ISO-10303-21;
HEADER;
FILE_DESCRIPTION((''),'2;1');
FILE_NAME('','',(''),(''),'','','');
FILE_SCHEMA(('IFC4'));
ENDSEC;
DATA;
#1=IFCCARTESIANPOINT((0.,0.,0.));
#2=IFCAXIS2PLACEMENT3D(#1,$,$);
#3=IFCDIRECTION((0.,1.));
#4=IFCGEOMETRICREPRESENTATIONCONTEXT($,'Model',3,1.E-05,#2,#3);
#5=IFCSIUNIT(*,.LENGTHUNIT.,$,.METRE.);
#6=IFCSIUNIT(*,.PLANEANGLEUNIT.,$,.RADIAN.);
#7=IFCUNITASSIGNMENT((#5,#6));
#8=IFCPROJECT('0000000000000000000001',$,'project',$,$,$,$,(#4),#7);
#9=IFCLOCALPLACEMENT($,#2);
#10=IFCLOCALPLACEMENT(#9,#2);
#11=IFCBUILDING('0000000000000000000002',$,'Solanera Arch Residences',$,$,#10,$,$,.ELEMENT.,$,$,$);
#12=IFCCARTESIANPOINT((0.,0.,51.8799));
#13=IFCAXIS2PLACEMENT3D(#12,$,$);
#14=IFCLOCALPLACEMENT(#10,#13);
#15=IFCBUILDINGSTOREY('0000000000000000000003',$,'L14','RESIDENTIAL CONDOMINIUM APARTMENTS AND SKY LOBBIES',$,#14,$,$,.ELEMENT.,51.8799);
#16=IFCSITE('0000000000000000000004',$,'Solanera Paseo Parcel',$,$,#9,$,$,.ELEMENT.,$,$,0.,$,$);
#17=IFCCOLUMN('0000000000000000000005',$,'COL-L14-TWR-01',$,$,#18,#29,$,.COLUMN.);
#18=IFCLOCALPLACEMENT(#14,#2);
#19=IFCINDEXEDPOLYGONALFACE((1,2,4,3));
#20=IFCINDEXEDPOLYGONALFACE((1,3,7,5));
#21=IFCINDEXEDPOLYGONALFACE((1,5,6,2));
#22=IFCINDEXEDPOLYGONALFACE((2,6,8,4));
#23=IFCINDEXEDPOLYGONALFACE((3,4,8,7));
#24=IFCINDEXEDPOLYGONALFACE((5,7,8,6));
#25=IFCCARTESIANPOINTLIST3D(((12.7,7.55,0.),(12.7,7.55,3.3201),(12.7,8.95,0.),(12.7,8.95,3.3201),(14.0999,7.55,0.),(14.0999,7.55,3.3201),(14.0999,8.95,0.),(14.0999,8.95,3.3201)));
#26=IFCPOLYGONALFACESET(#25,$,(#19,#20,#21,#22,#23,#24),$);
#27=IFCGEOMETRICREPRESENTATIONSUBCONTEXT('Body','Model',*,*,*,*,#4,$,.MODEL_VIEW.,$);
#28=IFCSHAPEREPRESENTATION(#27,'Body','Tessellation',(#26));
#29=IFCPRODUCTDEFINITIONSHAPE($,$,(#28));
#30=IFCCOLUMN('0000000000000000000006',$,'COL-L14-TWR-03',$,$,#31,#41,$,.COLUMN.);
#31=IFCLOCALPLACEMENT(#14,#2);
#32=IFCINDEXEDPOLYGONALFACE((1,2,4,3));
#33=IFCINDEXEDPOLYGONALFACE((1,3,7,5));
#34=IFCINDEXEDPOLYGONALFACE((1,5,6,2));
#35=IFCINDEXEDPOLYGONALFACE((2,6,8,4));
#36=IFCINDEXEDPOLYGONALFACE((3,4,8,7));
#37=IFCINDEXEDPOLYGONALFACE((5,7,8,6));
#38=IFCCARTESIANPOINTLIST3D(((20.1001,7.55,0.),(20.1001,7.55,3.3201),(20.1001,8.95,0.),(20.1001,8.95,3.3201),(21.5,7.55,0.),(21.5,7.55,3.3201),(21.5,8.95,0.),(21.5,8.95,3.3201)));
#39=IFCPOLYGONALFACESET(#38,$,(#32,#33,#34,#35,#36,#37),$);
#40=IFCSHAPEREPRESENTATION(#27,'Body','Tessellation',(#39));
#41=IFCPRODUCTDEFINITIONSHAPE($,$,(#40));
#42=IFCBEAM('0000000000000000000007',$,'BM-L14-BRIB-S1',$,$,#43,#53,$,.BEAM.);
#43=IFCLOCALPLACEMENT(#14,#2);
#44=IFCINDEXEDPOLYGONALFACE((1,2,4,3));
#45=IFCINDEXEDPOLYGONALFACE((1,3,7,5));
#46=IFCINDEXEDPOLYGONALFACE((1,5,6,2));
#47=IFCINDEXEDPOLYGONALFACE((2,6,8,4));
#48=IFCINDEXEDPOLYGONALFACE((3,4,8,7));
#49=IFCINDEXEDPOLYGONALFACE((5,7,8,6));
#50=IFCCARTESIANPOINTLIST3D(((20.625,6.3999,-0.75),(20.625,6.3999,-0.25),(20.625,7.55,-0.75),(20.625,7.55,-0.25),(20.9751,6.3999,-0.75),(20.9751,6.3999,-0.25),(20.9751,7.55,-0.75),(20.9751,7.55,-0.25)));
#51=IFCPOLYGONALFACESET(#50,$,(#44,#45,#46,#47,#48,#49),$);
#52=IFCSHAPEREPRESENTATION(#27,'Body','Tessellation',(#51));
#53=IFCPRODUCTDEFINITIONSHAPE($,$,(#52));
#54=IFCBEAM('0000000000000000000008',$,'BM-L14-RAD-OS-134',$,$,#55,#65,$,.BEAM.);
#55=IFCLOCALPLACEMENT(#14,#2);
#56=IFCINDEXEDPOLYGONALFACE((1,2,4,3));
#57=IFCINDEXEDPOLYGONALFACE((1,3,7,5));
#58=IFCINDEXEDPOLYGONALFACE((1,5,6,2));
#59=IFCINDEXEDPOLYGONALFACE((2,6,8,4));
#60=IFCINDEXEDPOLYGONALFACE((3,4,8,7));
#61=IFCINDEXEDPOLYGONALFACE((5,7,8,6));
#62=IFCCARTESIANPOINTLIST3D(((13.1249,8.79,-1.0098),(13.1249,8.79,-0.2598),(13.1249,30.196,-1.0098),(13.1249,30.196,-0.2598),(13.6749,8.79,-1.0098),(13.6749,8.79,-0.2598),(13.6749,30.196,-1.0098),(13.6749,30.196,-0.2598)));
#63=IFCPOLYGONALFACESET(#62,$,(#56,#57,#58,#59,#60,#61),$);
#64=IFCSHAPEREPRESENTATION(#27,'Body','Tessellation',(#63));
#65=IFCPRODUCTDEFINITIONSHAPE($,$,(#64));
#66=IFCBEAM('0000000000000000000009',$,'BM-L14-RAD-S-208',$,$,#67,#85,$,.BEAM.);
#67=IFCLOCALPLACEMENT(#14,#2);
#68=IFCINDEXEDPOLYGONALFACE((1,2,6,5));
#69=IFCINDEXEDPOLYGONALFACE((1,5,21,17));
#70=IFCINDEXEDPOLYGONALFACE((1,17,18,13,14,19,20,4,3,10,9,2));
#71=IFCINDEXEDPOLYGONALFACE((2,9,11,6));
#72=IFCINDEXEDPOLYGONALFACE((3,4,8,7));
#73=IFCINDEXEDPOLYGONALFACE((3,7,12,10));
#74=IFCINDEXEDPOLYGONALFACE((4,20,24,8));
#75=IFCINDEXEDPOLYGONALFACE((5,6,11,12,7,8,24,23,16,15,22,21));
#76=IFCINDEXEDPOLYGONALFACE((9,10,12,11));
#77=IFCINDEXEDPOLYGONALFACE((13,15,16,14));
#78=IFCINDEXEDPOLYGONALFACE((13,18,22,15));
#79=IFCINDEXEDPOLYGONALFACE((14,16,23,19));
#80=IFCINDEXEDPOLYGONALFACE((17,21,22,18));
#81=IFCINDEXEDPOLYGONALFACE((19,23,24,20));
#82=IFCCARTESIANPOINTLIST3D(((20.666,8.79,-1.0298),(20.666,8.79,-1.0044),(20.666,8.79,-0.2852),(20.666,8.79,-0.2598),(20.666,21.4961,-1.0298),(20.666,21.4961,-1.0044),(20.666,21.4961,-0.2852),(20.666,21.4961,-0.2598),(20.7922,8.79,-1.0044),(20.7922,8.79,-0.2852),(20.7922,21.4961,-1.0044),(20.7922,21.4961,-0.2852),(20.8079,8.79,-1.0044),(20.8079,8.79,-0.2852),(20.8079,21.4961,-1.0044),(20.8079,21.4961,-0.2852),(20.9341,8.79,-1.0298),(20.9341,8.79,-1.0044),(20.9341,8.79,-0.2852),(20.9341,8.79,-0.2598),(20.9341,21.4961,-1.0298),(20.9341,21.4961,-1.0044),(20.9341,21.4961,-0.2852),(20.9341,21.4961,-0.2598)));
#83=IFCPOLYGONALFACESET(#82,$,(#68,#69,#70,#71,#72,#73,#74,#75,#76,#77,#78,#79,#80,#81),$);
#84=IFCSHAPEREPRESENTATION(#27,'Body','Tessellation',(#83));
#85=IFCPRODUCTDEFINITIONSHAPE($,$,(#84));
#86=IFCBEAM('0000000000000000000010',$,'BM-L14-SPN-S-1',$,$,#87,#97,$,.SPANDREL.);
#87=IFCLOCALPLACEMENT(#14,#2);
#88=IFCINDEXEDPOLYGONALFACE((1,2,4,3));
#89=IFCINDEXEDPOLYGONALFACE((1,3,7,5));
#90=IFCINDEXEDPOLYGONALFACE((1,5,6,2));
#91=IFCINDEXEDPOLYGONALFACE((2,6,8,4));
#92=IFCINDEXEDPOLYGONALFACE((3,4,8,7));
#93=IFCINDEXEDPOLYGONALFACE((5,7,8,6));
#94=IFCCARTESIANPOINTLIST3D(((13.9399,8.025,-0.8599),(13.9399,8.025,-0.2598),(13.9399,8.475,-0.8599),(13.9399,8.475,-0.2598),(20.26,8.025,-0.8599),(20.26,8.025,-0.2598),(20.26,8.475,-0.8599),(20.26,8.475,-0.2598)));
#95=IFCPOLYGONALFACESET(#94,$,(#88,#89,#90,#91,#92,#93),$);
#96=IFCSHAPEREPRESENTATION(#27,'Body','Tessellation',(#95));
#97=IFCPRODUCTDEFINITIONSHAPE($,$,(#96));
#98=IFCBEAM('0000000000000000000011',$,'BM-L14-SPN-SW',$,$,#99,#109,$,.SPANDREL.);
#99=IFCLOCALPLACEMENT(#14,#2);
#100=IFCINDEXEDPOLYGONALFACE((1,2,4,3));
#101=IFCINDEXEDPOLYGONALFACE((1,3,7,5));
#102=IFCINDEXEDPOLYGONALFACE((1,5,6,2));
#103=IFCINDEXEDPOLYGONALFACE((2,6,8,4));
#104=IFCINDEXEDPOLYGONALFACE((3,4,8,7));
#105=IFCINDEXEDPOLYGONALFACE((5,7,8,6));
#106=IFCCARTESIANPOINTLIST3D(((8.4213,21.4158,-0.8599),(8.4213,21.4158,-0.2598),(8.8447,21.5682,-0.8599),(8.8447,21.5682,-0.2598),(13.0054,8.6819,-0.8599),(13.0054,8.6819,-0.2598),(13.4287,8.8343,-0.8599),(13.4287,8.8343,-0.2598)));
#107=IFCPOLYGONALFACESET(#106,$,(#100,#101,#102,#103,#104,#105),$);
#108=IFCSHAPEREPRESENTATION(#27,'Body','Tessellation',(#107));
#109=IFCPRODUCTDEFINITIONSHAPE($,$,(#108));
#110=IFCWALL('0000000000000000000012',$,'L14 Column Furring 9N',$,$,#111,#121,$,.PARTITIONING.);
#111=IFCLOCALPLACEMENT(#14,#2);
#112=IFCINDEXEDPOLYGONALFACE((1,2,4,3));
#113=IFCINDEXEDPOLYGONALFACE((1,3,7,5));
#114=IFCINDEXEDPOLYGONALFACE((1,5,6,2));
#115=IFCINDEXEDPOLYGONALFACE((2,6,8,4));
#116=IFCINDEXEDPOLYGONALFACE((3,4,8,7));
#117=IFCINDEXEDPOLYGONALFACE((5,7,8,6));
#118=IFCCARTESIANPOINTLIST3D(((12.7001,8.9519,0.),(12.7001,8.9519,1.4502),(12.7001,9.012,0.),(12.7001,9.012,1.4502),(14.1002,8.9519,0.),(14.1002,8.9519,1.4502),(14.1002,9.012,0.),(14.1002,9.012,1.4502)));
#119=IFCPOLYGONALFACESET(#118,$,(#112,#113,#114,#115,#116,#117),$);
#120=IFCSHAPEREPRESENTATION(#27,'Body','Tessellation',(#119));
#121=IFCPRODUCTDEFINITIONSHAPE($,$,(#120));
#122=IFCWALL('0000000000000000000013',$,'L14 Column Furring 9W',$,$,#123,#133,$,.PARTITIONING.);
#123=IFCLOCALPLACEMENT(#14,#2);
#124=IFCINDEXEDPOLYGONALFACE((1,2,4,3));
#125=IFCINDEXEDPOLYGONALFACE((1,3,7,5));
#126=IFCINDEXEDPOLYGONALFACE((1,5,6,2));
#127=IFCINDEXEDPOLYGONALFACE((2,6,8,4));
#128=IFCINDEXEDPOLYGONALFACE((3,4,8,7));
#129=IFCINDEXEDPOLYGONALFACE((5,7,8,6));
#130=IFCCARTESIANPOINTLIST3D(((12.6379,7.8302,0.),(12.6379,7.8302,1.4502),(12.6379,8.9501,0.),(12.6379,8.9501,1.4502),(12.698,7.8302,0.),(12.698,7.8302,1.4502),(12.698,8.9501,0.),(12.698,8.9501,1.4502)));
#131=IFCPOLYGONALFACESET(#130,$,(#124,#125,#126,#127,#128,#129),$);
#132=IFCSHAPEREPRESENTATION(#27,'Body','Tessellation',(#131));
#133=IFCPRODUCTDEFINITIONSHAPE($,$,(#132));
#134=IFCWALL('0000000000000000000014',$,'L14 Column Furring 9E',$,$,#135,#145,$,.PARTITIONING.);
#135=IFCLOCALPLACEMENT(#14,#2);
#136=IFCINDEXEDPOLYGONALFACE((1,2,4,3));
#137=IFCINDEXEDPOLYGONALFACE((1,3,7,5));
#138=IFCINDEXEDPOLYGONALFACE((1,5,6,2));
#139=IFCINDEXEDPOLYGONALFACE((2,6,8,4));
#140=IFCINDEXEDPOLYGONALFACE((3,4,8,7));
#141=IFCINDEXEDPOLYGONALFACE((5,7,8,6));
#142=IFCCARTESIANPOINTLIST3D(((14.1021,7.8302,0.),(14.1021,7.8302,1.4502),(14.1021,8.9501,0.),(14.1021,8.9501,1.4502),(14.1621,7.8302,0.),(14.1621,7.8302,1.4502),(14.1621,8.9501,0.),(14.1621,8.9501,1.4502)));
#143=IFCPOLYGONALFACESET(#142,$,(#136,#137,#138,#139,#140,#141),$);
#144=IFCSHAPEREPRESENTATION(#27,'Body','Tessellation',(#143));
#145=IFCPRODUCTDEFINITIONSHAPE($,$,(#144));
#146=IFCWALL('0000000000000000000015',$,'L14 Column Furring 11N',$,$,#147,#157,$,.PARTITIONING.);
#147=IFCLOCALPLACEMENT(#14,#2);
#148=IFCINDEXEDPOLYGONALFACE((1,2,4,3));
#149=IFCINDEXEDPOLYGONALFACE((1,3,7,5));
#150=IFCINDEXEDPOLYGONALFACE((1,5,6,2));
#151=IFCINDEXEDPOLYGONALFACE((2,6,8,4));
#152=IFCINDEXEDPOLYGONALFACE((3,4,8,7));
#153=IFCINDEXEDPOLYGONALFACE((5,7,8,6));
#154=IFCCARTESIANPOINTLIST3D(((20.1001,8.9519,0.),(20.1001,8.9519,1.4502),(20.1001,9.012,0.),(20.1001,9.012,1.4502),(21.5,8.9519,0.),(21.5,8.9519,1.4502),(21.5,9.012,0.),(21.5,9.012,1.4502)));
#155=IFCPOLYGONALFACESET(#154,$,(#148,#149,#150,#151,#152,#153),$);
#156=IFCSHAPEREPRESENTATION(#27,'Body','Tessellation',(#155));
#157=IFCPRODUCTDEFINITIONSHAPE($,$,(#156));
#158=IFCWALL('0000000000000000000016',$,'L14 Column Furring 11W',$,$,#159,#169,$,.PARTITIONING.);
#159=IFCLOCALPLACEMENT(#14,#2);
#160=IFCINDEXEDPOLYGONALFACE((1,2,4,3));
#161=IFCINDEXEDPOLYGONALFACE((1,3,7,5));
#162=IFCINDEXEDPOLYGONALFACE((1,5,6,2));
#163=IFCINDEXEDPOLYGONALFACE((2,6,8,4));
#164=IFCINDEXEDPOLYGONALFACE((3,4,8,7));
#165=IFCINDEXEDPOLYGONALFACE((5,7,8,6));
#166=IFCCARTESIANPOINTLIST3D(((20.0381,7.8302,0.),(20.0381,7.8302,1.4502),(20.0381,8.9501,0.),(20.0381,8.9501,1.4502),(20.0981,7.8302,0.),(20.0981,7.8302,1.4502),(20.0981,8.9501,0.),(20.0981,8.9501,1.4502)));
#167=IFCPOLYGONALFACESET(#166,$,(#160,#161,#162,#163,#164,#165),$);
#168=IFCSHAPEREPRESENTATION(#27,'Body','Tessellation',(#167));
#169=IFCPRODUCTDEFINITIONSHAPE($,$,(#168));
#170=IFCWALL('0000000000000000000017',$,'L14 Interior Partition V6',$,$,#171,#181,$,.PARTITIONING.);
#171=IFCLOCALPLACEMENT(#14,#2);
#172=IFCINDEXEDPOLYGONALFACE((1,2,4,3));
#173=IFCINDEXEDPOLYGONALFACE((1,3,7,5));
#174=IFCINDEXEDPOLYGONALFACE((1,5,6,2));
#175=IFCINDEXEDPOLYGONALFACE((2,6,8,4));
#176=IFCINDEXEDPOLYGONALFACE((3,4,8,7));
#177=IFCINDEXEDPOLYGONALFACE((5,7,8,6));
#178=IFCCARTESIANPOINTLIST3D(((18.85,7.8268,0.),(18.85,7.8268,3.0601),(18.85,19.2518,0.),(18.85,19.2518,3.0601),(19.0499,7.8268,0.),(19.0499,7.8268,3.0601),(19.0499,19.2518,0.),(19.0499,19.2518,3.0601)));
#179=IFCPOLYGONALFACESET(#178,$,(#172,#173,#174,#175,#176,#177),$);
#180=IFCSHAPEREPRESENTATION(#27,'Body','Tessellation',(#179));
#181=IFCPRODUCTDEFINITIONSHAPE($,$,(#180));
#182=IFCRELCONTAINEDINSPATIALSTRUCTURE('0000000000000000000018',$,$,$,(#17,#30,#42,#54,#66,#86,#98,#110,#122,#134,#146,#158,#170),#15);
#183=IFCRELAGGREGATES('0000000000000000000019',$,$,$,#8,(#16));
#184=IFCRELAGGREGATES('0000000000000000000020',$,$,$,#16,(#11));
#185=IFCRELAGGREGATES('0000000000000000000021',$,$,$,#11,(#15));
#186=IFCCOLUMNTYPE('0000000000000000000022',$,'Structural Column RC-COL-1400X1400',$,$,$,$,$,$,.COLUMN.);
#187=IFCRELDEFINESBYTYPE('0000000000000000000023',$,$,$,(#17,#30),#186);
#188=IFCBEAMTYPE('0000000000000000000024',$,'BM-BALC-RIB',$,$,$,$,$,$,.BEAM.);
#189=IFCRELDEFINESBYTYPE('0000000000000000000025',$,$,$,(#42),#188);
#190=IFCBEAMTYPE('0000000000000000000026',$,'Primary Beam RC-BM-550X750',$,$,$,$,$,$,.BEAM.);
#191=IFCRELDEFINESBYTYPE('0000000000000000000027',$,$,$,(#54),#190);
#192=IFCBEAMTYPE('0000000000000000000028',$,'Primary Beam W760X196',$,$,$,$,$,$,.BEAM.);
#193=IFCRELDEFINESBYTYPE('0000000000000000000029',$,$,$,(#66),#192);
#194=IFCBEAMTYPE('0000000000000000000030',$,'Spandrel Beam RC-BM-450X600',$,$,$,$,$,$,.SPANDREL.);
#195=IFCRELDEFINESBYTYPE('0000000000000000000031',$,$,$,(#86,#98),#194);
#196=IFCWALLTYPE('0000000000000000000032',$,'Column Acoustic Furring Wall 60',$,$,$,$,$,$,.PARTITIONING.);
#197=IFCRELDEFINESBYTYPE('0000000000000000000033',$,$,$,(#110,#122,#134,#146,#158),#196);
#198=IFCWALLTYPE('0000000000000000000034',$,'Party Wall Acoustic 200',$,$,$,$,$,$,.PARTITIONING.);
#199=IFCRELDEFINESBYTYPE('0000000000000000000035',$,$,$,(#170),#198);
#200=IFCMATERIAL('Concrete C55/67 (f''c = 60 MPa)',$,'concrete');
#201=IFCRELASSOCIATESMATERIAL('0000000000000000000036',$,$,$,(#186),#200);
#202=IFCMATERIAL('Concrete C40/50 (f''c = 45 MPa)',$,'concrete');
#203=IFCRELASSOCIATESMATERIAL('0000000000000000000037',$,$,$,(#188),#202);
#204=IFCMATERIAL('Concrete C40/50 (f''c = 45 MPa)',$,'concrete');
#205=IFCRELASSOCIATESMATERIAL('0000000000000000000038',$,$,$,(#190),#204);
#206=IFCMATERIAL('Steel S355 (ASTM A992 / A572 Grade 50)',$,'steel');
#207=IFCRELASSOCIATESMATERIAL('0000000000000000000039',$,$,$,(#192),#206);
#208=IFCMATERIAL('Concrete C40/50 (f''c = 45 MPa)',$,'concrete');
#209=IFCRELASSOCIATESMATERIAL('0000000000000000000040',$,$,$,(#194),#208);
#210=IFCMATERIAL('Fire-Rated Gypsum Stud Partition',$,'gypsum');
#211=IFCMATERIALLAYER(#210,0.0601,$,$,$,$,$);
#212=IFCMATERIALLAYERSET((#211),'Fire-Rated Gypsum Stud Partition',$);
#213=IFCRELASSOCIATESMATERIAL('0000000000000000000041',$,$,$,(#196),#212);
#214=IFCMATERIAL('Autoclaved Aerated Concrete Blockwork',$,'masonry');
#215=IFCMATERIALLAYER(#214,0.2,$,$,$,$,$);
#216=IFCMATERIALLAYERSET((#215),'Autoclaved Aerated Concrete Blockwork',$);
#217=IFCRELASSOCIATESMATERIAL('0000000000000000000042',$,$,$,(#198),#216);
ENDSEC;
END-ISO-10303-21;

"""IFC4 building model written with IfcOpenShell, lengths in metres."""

from ifc_helpers import new_model, si_unit, direction, frame, frame_2d, origin, origin_2d, place, context, subcontext, project, spatial, rectangle, i_section, extrude, material, layer, layer_set, material_profile, profile_set, type_object, element, save


model = new_model("IFC4")

# Units and contexts
model_context = context("Model", 3, precision=1e-05, world=origin(), true_north=direction((0.0, 1.0)))
body_context = subcontext(model_context, "Body", "Model", "MODEL_VIEW")
ifc_project = project(units=[si_unit("LENGTHUNIT", "METRE"), si_unit("PLANEANGLEUNIT", "RADIAN")], contexts=[model_context])

# Site, building, storey
site_placement = place(None, origin())
site = spatial("IfcSite", under=ifc_project, at=site_placement, Name="Solanera Paseo Parcel", CompositionType="ELEMENT", RefElevation=0.0)
building_placement = place(site_placement, origin())
building = spatial("IfcBuilding", under=site, at=building_placement, Name="Solanera Arch Residences", CompositionType="ELEMENT")
storey_placement = place(building_placement, frame((0.0, 0.0, 51.8799)))
storey = spatial("IfcBuildingStorey", under=building, at=storey_placement, Name="L14", Description="RESIDENTIAL CONDOMINIUM APARTMENTS AND SKY LOBBIES", CompositionType="ELEMENT", Elevation=51.8799)

# Columns
ifc_material_1 = material(Name="Concrete C55/67 (f'c = 60 MPa)", Category="concrete")
ifc_material_profile_1 = material_profile(ifc_material_1, rectangle(XDim=1.3999, YDim=1.3999, at=origin_2d()))
ifc_profile_set_1 = profile_set([ifc_material_profile_1], Name="Concrete C55/67 (f'c = 60 MPa)")
column_type = type_object("IfcColumnType", Name="Structural Column RC-COL-1400X1400", PredefinedType="COLUMN", material=ifc_profile_set_1)
for number, where, z_axis, x_axis, name in (
    (1, (13.3999, 8.25, 0.0), (0.0, 0.0, 1.0), (1.0, 0.0, 0.0), "COL-L14-TWR-01"),
    (2, (20.8, 8.25, 0.0), (0.0, 0.0, 1.0), (1.0, 0.0, 0.0), "COL-L14-TWR-03"),
):
    element("IfcColumn", number, at=place(storey_placement, frame(where, z_axis=z_axis, x_axis=x_axis)), inside=storey, type_object=column_type, Name=name, PredefinedType="COLUMN", context=body_context, shape_type="SweptSolid", body=[
        extrude(rectangle(XDim=1.3999, YDim=1.3999, at=origin_2d()), origin(), (0.0, 0.0, 1.0), 3.3201),
    ])

# Beams
ifc_material_2 = material(Name="Concrete C40/50 (f'c = 45 MPa)", Category="concrete")
ifc_material_profile_2 = material_profile(ifc_material_2, rectangle(XDim=0.3501, YDim=0.5, at=origin_2d()))
ifc_profile_set_2 = profile_set([ifc_material_profile_2], Name="Concrete C40/50 (f'c = 45 MPa)")
beam_type_1 = type_object("IfcBeamType", Name="BM-BALC-RIB", PredefinedType="BEAM", material=ifc_profile_set_2)
beam_1_placement = place(storey_placement, frame((20.8, 6.3999, -0.5), z_axis=(0.0, 1.0, 0.0), x_axis=(-1.0, 0.0, 0.0)))
element("IfcBeam", 3, at=beam_1_placement, inside=storey, type_object=beam_type_1, Name="BM-L14-BRIB-S1", PredefinedType="BEAM", context=body_context, shape_type="SweptSolid", body=[
    extrude(rectangle(XDim=0.3501, YDim=0.5, at=origin_2d()), origin(), (0.0, 0.0, 1.0), 1.1501),
])
ifc_material_3 = material(Name="Concrete C40/50 (f'c = 45 MPa)", Category="concrete")
ifc_material_profile_3 = material_profile(ifc_material_3, rectangle(XDim=0.55, YDim=0.75, at=origin_2d()))
ifc_profile_set_3 = profile_set([ifc_material_profile_3], Name="Concrete C40/50 (f'c = 45 MPa)")
beam_type_2 = type_object("IfcBeamType", Name="Primary Beam RC-BM-550X750", PredefinedType="BEAM", material=ifc_profile_set_3)
beam_2_placement = place(storey_placement, frame((13.3999, 8.79, -0.6348), z_axis=(0.0, 1.0, 0.0), x_axis=(-1.0, 0.0, 0.0)))
element("IfcBeam", 4, at=beam_2_placement, inside=storey, type_object=beam_type_2, Name="BM-L14-RAD-OS-134", PredefinedType="BEAM", context=body_context, shape_type="SweptSolid", body=[
    extrude(rectangle(XDim=0.55, YDim=0.75, at=origin_2d()), origin(), (0.0, 0.0, 1.0), 21.406),
])
ifc_material_4 = material(Name="Steel S355 (ASTM A992 / A572 Grade 50)", Category="steel")
ifc_material_profile_4 = material_profile(ifc_material_4, i_section(OverallWidth=0.2681, OverallDepth=0.77, WebThickness=0.0156, FlangeThickness=0.0254, at=origin_2d()))
ifc_profile_set_4 = profile_set([ifc_material_profile_4], Name="Steel S355 (ASTM A992 / A572 Grade 50)")
beam_type_3 = type_object("IfcBeamType", Name="Primary Beam W760X196", PredefinedType="BEAM", material=ifc_profile_set_4)
beam_3_placement = place(storey_placement, frame((20.8, 8.79, -0.6448), z_axis=(0.0, 1.0, 0.0), x_axis=(-1.0, 0.0, 0.0)))
element("IfcBeam", 5, at=beam_3_placement, inside=storey, type_object=beam_type_3, Name="BM-L14-RAD-S-208", PredefinedType="BEAM", context=body_context, shape_type="SweptSolid", body=[
    extrude(i_section(OverallWidth=0.2681, OverallDepth=0.77, WebThickness=0.0156, FlangeThickness=0.0254, at=origin_2d()), origin(), (0.0, 0.0, 1.0), 12.7061),
])
ifc_material_5 = material(Name="Concrete C40/50 (f'c = 45 MPa)", Category="concrete")
ifc_material_profile_5 = material_profile(ifc_material_5, rectangle(XDim=0.45, YDim=0.6001, at=origin_2d()))
ifc_profile_set_5 = profile_set([ifc_material_profile_5], Name="Concrete C40/50 (f'c = 45 MPa)")
beam_type_4 = type_object("IfcBeamType", Name="Spandrel Beam RC-BM-450X600", PredefinedType="SPANDREL", material=ifc_profile_set_5)
beam_4_placement = place(storey_placement, frame((13.9399, 8.25, -0.5598), z_axis=(1.0, 0.0, 0.0), x_axis=(0.0, 1.0, 0.0)))
element("IfcBeam", 6, at=beam_4_placement, inside=storey, type_object=beam_type_4, Name="BM-L14-SPN-S-1", PredefinedType="SPANDREL", context=body_context, shape_type="SweptSolid", body=[
    extrude(rectangle(XDim=0.45, YDim=0.6001, at=origin_2d()), origin(), (0.0, 0.0, 1.0), 6.3201),
])
beam_5_placement = place(storey_placement, frame((13.217, 8.7581, -0.5598), z_axis=(-0.338705, 0.940892, 0.0), x_axis=(-0.940892, -0.338705, 0.0)))
element("IfcBeam", 7, at=beam_5_placement, inside=storey, type_object=beam_type_4, Name="BM-L14-SPN-SW", PredefinedType="SPANDREL", context=body_context, shape_type="SweptSolid", body=[
    extrude(rectangle(XDim=0.45, YDim=0.6001, at=origin_2d()), origin(), (0.0, 0.0, 1.0), 13.5339),
])

# Walls
ifc_material_6 = material(Name="Fire-Rated Gypsum Stud Partition", Category="gypsum")
ifc_layer_1 = layer(ifc_material_6, 0.0601)
ifc_layer_set_1 = layer_set([ifc_layer_1], Name="Fire-Rated Gypsum Stud Partition")
wall_type_1 = type_object("IfcWallType", Name="Column Acoustic Furring Wall 60", PredefinedType="PARTITIONING", material=ifc_layer_set_1)
wall_1_placement = place(storey_placement, frame((12.7, 8.9819, 0.0), z_axis=(0.0, 0.0, 1.0), x_axis=(1.0, 0.0, 0.0)))
element("IfcWall", 8, at=wall_1_placement, inside=storey, type_object=wall_type_1, Name="L14 Column Furring 9N", PredefinedType="PARTITIONING", context=body_context, shape_type="SweptSolid", body=[
    extrude(rectangle(XDim=1.4001, YDim=0.0601, at=frame_2d((0.7002, 0.0))), origin(), (0.0, 0.0, 1.0), 1.4502),
])
for number, where, z_axis, x_axis, name in (
    (9, (12.668, 7.8301, 0.0), (0.0, 0.0, 1.0), (0.0, 1.0, 0.0), "L14 Column Furring 9W"),
    (10, (14.1321, 7.8301, 0.0), (0.0, 0.0, 1.0), (0.0, 1.0, 0.0), "L14 Column Furring 9E"),
):
    element("IfcWall", number, at=place(storey_placement, frame(where, z_axis=z_axis, x_axis=x_axis)), inside=storey, type_object=wall_type_1, Name=name, PredefinedType="PARTITIONING", context=body_context, shape_type="SweptSolid", body=[
        extrude(rectangle(XDim=1.1199, YDim=0.0601, at=frame_2d((0.5601, 0.0))), origin(), (0.0, 0.0, 1.0), 1.4502),
    ])
wall_2_placement = place(storey_placement, frame((20.1001, 8.9819, 0.0), z_axis=(0.0, 0.0, 1.0), x_axis=(1.0, 0.0, 0.0)))
element("IfcWall", 11, at=wall_2_placement, inside=storey, type_object=wall_type_1, Name="L14 Column Furring 11N", PredefinedType="PARTITIONING", context=body_context, shape_type="SweptSolid", body=[
    extrude(rectangle(XDim=1.3999, YDim=0.0601, at=frame_2d((0.7, 0.0))), origin(), (0.0, 0.0, 1.0), 1.4502),
])
wall_3_placement = place(storey_placement, frame((20.0681, 7.8301, 0.0), z_axis=(0.0, 0.0, 1.0), x_axis=(0.0, 1.0, 0.0)))
element("IfcWall", 12, at=wall_3_placement, inside=storey, type_object=wall_type_1, Name="L14 Column Furring 11W", PredefinedType="PARTITIONING", context=body_context, shape_type="SweptSolid", body=[
    extrude(rectangle(XDim=1.1199, YDim=0.0601, at=frame_2d((0.5601, 0.0))), origin(), (0.0, 0.0, 1.0), 1.4502),
])
ifc_material_7 = material(Name="Autoclaved Aerated Concrete Blockwork", Category="masonry")
ifc_layer_2 = layer(ifc_material_7, 0.2)
ifc_layer_set_2 = layer_set([ifc_layer_2], Name="Autoclaved Aerated Concrete Blockwork")
wall_type_2 = type_object("IfcWallType", Name="Party Wall Acoustic 200", PredefinedType="PARTITIONING", material=ifc_layer_set_2)
wall_4_placement = place(storey_placement, frame((18.95, 7.8269, 0.0), z_axis=(0.0, 0.0, 1.0), x_axis=(0.0, 1.0, 0.0)))
element("IfcWall", 13, at=wall_4_placement, inside=storey, type_object=wall_type_2, Name="L14 Interior Partition V6", PredefinedType="PARTITIONING", context=body_context, shape_type="SweptSolid", body=[
    extrude(rectangle(XDim=11.425, YDim=0.2, at=frame_2d((5.7124, 0.0))), origin(), (0.0, 0.0, 1.0), 3.0601),
])

save(model, "model.ifc")
